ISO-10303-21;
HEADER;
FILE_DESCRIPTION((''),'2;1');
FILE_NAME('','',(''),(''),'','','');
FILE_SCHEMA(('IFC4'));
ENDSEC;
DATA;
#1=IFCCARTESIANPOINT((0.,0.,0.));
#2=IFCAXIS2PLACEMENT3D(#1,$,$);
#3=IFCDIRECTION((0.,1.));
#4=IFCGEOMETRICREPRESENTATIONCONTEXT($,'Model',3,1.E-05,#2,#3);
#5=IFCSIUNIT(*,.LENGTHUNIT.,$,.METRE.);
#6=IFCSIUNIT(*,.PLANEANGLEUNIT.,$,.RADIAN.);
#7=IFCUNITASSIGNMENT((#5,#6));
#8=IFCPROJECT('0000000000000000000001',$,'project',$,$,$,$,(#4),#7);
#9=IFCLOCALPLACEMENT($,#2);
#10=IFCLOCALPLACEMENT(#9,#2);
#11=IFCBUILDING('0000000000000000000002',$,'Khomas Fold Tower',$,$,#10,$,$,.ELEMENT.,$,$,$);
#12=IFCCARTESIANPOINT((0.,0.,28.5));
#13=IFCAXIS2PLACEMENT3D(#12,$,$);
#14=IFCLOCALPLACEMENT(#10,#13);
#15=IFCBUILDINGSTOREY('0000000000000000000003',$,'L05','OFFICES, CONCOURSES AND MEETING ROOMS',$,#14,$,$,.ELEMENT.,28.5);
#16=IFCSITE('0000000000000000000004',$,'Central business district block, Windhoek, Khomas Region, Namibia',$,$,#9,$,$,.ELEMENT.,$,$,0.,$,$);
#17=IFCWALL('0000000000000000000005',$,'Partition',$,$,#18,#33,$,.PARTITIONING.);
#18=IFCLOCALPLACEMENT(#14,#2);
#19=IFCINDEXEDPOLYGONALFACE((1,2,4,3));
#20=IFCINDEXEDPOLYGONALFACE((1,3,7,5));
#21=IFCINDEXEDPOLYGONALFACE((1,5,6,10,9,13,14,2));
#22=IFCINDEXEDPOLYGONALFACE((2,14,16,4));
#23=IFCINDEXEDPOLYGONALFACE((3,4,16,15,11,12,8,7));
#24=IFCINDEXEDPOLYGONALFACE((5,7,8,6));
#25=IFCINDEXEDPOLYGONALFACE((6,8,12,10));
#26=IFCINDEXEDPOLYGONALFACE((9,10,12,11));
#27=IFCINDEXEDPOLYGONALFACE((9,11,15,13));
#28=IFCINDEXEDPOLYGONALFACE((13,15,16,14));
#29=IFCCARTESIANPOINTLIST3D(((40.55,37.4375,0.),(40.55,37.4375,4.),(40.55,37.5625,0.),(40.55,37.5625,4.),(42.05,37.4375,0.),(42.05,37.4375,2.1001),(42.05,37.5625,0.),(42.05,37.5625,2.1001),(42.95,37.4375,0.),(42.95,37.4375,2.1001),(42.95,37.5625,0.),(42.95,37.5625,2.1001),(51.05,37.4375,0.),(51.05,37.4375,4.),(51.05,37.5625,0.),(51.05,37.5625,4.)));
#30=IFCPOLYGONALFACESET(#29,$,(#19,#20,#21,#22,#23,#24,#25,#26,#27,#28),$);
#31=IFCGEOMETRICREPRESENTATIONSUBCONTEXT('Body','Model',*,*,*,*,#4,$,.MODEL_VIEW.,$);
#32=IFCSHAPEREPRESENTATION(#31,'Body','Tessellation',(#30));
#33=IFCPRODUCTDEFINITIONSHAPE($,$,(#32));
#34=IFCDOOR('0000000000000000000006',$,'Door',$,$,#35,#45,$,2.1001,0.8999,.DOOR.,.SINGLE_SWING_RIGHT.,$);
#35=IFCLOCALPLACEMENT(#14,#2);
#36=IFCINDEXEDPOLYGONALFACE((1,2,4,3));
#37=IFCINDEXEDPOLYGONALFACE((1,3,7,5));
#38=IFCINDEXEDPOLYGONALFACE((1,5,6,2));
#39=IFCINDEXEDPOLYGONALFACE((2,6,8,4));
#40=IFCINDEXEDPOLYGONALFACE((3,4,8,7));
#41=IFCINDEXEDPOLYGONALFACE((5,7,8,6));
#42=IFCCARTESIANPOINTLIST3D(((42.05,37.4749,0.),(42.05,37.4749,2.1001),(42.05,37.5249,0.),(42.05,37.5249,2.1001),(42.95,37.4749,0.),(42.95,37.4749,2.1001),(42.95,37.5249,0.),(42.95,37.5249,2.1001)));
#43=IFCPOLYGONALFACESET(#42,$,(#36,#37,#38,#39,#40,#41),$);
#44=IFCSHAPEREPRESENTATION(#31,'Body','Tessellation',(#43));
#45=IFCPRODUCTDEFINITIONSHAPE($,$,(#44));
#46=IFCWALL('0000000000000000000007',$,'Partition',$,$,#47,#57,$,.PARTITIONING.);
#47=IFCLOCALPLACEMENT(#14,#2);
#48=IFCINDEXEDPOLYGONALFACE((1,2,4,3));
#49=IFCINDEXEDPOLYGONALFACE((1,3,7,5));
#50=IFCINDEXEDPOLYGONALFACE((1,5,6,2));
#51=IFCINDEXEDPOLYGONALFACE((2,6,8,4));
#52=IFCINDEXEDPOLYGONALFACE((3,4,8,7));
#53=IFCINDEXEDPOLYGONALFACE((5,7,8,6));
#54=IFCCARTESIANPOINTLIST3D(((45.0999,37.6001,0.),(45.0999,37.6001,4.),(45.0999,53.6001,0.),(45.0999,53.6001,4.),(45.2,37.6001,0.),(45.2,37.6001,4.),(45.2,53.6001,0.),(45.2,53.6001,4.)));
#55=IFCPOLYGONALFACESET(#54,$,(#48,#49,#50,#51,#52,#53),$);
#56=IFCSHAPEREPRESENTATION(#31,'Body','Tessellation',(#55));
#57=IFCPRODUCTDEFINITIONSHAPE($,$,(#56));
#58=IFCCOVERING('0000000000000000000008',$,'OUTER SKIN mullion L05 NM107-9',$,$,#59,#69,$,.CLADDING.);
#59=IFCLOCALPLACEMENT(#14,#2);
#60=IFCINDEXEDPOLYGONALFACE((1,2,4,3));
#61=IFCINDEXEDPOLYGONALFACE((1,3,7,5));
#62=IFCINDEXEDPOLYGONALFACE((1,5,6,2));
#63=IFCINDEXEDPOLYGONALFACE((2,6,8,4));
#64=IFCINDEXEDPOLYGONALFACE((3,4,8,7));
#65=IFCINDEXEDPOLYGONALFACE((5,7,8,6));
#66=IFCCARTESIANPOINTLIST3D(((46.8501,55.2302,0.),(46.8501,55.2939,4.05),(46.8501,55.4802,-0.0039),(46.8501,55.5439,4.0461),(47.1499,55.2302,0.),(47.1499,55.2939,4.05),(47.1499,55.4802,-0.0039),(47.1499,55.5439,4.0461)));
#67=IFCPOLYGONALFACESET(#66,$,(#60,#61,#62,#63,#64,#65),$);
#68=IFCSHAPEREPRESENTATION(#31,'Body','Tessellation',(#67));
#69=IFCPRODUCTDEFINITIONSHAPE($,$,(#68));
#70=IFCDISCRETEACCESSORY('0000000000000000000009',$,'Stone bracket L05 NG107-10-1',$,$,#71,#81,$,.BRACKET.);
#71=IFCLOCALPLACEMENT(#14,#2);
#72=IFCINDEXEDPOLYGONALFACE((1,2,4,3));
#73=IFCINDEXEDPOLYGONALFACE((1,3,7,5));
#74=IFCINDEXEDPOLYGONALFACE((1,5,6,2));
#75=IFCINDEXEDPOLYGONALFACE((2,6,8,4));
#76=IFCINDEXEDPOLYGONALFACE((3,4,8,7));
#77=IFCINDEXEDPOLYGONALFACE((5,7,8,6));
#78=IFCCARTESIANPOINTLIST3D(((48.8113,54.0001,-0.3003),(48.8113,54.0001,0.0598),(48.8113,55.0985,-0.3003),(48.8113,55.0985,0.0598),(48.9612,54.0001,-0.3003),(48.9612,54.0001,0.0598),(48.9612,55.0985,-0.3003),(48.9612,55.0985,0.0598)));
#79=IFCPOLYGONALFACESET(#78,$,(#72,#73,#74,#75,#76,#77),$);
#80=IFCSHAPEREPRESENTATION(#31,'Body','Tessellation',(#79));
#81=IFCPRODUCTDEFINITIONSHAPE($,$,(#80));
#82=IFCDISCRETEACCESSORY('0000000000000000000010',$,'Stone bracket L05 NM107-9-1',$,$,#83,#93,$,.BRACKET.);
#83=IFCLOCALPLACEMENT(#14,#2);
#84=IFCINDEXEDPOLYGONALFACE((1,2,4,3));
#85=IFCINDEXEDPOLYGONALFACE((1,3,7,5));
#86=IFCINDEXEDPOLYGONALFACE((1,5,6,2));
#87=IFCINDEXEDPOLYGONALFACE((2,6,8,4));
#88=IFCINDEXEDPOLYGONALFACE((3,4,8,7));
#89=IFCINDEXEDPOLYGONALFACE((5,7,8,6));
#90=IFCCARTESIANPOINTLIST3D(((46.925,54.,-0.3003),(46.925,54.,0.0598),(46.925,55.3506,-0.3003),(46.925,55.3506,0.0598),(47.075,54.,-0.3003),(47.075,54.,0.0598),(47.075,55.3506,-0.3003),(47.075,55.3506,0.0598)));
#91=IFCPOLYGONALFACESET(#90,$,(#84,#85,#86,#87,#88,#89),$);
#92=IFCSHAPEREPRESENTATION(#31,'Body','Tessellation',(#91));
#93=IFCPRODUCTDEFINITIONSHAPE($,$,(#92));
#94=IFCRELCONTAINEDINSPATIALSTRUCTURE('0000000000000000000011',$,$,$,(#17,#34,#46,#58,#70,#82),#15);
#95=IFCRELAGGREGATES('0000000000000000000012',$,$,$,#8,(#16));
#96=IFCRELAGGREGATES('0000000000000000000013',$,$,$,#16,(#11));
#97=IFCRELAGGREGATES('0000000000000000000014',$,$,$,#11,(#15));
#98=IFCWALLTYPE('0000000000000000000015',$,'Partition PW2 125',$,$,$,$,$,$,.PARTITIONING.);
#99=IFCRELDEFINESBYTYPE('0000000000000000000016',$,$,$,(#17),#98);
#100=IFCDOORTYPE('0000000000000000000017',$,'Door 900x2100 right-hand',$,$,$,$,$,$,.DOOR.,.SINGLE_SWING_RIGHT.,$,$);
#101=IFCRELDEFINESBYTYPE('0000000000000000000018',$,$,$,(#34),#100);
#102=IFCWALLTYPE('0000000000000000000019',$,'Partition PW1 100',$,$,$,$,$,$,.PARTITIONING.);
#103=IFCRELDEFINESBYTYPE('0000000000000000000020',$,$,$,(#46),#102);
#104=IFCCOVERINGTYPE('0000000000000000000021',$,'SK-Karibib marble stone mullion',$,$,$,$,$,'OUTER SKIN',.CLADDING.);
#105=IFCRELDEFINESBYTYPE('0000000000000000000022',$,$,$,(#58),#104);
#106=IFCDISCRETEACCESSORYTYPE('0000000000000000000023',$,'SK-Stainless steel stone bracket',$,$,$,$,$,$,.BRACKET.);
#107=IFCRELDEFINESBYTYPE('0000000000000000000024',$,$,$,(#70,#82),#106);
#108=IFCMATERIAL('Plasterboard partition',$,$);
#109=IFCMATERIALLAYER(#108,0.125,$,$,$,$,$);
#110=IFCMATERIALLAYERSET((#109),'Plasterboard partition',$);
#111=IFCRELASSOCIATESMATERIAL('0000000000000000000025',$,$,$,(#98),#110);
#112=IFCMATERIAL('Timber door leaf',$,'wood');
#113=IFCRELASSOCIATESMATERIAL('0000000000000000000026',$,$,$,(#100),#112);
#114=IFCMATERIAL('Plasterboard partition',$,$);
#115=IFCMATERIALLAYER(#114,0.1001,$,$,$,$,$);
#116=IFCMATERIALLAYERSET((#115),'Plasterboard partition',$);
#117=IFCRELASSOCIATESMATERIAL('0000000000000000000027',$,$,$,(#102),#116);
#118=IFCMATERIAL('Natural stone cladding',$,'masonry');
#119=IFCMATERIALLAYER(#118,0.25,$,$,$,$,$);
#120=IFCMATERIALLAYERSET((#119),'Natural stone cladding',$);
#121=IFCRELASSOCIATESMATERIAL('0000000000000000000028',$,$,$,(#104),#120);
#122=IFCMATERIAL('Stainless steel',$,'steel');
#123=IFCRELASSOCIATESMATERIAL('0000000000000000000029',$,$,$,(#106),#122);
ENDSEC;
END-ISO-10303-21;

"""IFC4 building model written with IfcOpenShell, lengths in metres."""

from ifc_helpers import new_model, si_unit, direction, frame, frame_2d, origin, origin_2d, place, context, subcontext, project, spatial, polyline, rectangle, outline, extrude, source, transform, mapped, material, layer, layer_set, type_object, element, fill, save


model = new_model("IFC4")

# Units and contexts
model_context = context("Model", 3, precision=1e-05, world=origin(), true_north=direction((0.0, 1.0)))
body_context = subcontext(model_context, "Body", "Model", "MODEL_VIEW")
ifc_project = project(units=[si_unit("LENGTHUNIT", "METRE"), si_unit("PLANEANGLEUNIT", "RADIAN")], contexts=[model_context])

# Site, building, storey
site_placement = place(None, origin())
site = spatial("IfcSite", under=ifc_project, at=site_placement, Name="Central business district block, Windhoek, Khomas Region, Namibia", CompositionType="ELEMENT", RefElevation=0.0)
building_placement = place(site_placement, origin())
building = spatial("IfcBuilding", under=site, at=building_placement, Name="Khomas Fold Tower", CompositionType="ELEMENT")
storey_placement = place(building_placement, frame((0.0, 0.0, 28.5)))
storey = spatial("IfcBuildingStorey", under=building, at=storey_placement, Name="L05", Description="OFFICES, CONCOURSES AND MEETING ROOMS", CompositionType="ELEMENT", Elevation=28.5)

# Wall, opening, door
ifc_material_1 = material(Name="Plasterboard partition")
ifc_layer_1 = layer(ifc_material_1, 0.125)
ifc_layer_set_1 = layer_set([ifc_layer_1], Name="Plasterboard partition")
wall_type_1 = type_object("IfcWallType", Name="Partition PW2 125", PredefinedType="PARTITIONING", material=ifc_layer_set_1)
shared_shape_1 = source(origin(), body_context, "Body", "SweptSolid", [
    extrude(rectangle(XDim=10.5, YDim=0.125, at=frame_2d((5.25, 0.0))), origin(), (0.0, 0.0, 1.0), 4.0),
])
wall_1_placement = place(storey_placement, frame((40.55, 37.5, 0.0), z_axis=(0.0, 0.0, 1.0), x_axis=(1.0, 0.0, 0.0)))
wall_1 = element("IfcWall", 1, at=wall_1_placement, inside=storey, type_object=wall_type_1, Name="Partition", PredefinedType="PARTITIONING", context=body_context, shape_type="MappedRepresentation", body=[
    mapped(shared_shape_1, transform((0.0, 0.0, 0.0))),
])
shared_shape_2 = source(origin(), body_context, "Body", "SweptSolid", [
    extrude(rectangle(XDim=0.8999, YDim=2.1001, at=frame_2d((0.45, 1.05))), frame((0.0, 0.0725, 0.0), z_axis=(0.0, -1.0, 0.0), x_axis=(1.0, 0.0, 0.0)), (0.0, 0.0, 1.0), 0.145),
])
opening_1_placement = place(wall_1_placement, frame((1.5, 0.0, 0.0)))
opening_1 = element("IfcOpeningElement", 2, at=opening_1_placement, cuts=wall_1, PredefinedType="OPENING", context=body_context, shape_type="MappedRepresentation", body=[
    mapped(shared_shape_2, transform((0.0, 0.0, 0.0))),
])
ifc_material_2 = material(Name="Timber door leaf", Category="wood")
door_type = type_object("IfcDoorType", Name="Door 900x2100 right-hand", OperationType="SINGLE_SWING_RIGHT", PredefinedType="DOOR", material=ifc_material_2)
shared_shape_3 = source(origin(), body_context, "Body", "SweptSolid", [
    extrude(rectangle(XDim=0.8999, YDim=2.1001, at=frame_2d((0.45, 1.05))), frame((0.0, 0.0249, 0.0), z_axis=(0.0, -1.0, 0.0), x_axis=(1.0, 0.0, 0.0)), (0.0, 0.0, 1.0), 0.05),
])
door_placement = place(opening_1_placement, origin())
door = element("IfcDoor", 3, at=door_placement, inside=storey, type_object=door_type, Name="Door", OperationType="SINGLE_SWING_RIGHT", OverallHeight=2.1001, OverallWidth=0.8999, PredefinedType="DOOR", context=body_context, shape_type="MappedRepresentation", body=[
    mapped(shared_shape_3, transform((0.0, 0.0, 0.0))),
])
fill(opening_1, door)

# Wall
ifc_material_3 = material(Name="Plasterboard partition")
ifc_layer_2 = layer(ifc_material_3, 0.1001)
ifc_layer_set_2 = layer_set([ifc_layer_2], Name="Plasterboard partition")
wall_type_2 = type_object("IfcWallType", Name="Partition PW1 100", PredefinedType="PARTITIONING", material=ifc_layer_set_2)
shared_shape_4 = source(origin(), body_context, "Body", "SweptSolid", [
    extrude(rectangle(XDim=16.0, YDim=0.1001, at=frame_2d((8.0, 0.0))), origin(), (0.0, 0.0, 1.0), 4.0),
])
wall_2_placement = place(storey_placement, frame((45.1499, 37.6001, 0.0), z_axis=(0.0, 0.0, 1.0), x_axis=(0.0, 1.0, 0.0)))
element("IfcWall", 4, at=wall_2_placement, inside=storey, type_object=wall_type_2, Name="Partition", PredefinedType="PARTITIONING", context=body_context, shape_type="MappedRepresentation", body=[
    mapped(shared_shape_4, transform((0.0, 0.0, 0.0))),
])

# Covering
ifc_material_4 = material(Name="Natural stone cladding", Category="masonry")
ifc_layer_3 = layer(ifc_material_4, 0.25)
ifc_layer_set_3 = layer_set([ifc_layer_3], Name="Natural stone cladding")
covering_type = type_object("IfcCoveringType", Name="SK-Karibib marble stone mullion", ElementType="OUTER SKIN", PredefinedType="CLADDING", material=ifc_layer_set_3)
covering_placement = place(storey_placement, frame((47.1499, 55.2939, 4.05), z_axis=(0.0, -0.999876, 0.015731), x_axis=(0.0, -0.015731, -0.999876)))
element("IfcCovering", 5, at=covering_placement, inside=storey, type_object=covering_type, Name="OUTER SKIN mullion L05 NM107-9", PredefinedType="CLADDING", context=body_context, shape_type="SweptSolid", body=[
    extrude(outline(polyline([(0.0, 0.0), (4.0506, 0.0), (4.0506, -0.2998), (0.0, -0.2998), (0.0, 0.0)])), origin(), (0.0, 0.0, -1.0), 0.25),
])

# Discrete accessories
ifc_material_5 = material(Name="Stainless steel", Category="steel")
discrete_accessory_type = type_object("IfcDiscreteAccessoryType", Name="SK-Stainless steel stone bracket", PredefinedType="BRACKET", material=ifc_material_5)
shared_shape_5 = source(origin(), body_context, "Body", "SweptSolid", [
    extrude(rectangle(XDim=1.0984, YDim=0.1499, at=origin_2d()), origin(), (0.0, 0.0, 1.0), 0.3601),
])
discrete_accessory_1_placement = place(storey_placement, frame((48.8862, 54.5493, -0.3003), z_axis=(0.0, 0.0, 1.0), x_axis=(0.0, 1.0, 0.0)))
element("IfcDiscreteAccessory", 6, at=discrete_accessory_1_placement, inside=storey, type_object=discrete_accessory_type, Name="Stone bracket L05 NG107-10-1", PredefinedType="BRACKET", context=body_context, shape_type="MappedRepresentation", body=[
    mapped(shared_shape_5, transform((0.0, 0.0, 0.0))),
])
shared_shape_6 = source(origin(), body_context, "Body", "SweptSolid", [
    extrude(rectangle(XDim=1.3506, YDim=0.1499, at=origin_2d()), origin(), (0.0, 0.0, 1.0), 0.3601),
])
discrete_accessory_2_placement = place(storey_placement, frame((47.0, 54.6753, -0.3003), z_axis=(0.0, 0.0, 1.0), x_axis=(0.0, 1.0, 0.0)))
element("IfcDiscreteAccessory", 7, at=discrete_accessory_2_placement, inside=storey, type_object=discrete_accessory_type, Name="Stone bracket L05 NM107-9-1", PredefinedType="BRACKET", context=body_context, shape_type="MappedRepresentation", body=[
    mapped(shared_shape_6, transform((0.0, 0.0, 0.0))),
])

save(model, "model.ifc")
